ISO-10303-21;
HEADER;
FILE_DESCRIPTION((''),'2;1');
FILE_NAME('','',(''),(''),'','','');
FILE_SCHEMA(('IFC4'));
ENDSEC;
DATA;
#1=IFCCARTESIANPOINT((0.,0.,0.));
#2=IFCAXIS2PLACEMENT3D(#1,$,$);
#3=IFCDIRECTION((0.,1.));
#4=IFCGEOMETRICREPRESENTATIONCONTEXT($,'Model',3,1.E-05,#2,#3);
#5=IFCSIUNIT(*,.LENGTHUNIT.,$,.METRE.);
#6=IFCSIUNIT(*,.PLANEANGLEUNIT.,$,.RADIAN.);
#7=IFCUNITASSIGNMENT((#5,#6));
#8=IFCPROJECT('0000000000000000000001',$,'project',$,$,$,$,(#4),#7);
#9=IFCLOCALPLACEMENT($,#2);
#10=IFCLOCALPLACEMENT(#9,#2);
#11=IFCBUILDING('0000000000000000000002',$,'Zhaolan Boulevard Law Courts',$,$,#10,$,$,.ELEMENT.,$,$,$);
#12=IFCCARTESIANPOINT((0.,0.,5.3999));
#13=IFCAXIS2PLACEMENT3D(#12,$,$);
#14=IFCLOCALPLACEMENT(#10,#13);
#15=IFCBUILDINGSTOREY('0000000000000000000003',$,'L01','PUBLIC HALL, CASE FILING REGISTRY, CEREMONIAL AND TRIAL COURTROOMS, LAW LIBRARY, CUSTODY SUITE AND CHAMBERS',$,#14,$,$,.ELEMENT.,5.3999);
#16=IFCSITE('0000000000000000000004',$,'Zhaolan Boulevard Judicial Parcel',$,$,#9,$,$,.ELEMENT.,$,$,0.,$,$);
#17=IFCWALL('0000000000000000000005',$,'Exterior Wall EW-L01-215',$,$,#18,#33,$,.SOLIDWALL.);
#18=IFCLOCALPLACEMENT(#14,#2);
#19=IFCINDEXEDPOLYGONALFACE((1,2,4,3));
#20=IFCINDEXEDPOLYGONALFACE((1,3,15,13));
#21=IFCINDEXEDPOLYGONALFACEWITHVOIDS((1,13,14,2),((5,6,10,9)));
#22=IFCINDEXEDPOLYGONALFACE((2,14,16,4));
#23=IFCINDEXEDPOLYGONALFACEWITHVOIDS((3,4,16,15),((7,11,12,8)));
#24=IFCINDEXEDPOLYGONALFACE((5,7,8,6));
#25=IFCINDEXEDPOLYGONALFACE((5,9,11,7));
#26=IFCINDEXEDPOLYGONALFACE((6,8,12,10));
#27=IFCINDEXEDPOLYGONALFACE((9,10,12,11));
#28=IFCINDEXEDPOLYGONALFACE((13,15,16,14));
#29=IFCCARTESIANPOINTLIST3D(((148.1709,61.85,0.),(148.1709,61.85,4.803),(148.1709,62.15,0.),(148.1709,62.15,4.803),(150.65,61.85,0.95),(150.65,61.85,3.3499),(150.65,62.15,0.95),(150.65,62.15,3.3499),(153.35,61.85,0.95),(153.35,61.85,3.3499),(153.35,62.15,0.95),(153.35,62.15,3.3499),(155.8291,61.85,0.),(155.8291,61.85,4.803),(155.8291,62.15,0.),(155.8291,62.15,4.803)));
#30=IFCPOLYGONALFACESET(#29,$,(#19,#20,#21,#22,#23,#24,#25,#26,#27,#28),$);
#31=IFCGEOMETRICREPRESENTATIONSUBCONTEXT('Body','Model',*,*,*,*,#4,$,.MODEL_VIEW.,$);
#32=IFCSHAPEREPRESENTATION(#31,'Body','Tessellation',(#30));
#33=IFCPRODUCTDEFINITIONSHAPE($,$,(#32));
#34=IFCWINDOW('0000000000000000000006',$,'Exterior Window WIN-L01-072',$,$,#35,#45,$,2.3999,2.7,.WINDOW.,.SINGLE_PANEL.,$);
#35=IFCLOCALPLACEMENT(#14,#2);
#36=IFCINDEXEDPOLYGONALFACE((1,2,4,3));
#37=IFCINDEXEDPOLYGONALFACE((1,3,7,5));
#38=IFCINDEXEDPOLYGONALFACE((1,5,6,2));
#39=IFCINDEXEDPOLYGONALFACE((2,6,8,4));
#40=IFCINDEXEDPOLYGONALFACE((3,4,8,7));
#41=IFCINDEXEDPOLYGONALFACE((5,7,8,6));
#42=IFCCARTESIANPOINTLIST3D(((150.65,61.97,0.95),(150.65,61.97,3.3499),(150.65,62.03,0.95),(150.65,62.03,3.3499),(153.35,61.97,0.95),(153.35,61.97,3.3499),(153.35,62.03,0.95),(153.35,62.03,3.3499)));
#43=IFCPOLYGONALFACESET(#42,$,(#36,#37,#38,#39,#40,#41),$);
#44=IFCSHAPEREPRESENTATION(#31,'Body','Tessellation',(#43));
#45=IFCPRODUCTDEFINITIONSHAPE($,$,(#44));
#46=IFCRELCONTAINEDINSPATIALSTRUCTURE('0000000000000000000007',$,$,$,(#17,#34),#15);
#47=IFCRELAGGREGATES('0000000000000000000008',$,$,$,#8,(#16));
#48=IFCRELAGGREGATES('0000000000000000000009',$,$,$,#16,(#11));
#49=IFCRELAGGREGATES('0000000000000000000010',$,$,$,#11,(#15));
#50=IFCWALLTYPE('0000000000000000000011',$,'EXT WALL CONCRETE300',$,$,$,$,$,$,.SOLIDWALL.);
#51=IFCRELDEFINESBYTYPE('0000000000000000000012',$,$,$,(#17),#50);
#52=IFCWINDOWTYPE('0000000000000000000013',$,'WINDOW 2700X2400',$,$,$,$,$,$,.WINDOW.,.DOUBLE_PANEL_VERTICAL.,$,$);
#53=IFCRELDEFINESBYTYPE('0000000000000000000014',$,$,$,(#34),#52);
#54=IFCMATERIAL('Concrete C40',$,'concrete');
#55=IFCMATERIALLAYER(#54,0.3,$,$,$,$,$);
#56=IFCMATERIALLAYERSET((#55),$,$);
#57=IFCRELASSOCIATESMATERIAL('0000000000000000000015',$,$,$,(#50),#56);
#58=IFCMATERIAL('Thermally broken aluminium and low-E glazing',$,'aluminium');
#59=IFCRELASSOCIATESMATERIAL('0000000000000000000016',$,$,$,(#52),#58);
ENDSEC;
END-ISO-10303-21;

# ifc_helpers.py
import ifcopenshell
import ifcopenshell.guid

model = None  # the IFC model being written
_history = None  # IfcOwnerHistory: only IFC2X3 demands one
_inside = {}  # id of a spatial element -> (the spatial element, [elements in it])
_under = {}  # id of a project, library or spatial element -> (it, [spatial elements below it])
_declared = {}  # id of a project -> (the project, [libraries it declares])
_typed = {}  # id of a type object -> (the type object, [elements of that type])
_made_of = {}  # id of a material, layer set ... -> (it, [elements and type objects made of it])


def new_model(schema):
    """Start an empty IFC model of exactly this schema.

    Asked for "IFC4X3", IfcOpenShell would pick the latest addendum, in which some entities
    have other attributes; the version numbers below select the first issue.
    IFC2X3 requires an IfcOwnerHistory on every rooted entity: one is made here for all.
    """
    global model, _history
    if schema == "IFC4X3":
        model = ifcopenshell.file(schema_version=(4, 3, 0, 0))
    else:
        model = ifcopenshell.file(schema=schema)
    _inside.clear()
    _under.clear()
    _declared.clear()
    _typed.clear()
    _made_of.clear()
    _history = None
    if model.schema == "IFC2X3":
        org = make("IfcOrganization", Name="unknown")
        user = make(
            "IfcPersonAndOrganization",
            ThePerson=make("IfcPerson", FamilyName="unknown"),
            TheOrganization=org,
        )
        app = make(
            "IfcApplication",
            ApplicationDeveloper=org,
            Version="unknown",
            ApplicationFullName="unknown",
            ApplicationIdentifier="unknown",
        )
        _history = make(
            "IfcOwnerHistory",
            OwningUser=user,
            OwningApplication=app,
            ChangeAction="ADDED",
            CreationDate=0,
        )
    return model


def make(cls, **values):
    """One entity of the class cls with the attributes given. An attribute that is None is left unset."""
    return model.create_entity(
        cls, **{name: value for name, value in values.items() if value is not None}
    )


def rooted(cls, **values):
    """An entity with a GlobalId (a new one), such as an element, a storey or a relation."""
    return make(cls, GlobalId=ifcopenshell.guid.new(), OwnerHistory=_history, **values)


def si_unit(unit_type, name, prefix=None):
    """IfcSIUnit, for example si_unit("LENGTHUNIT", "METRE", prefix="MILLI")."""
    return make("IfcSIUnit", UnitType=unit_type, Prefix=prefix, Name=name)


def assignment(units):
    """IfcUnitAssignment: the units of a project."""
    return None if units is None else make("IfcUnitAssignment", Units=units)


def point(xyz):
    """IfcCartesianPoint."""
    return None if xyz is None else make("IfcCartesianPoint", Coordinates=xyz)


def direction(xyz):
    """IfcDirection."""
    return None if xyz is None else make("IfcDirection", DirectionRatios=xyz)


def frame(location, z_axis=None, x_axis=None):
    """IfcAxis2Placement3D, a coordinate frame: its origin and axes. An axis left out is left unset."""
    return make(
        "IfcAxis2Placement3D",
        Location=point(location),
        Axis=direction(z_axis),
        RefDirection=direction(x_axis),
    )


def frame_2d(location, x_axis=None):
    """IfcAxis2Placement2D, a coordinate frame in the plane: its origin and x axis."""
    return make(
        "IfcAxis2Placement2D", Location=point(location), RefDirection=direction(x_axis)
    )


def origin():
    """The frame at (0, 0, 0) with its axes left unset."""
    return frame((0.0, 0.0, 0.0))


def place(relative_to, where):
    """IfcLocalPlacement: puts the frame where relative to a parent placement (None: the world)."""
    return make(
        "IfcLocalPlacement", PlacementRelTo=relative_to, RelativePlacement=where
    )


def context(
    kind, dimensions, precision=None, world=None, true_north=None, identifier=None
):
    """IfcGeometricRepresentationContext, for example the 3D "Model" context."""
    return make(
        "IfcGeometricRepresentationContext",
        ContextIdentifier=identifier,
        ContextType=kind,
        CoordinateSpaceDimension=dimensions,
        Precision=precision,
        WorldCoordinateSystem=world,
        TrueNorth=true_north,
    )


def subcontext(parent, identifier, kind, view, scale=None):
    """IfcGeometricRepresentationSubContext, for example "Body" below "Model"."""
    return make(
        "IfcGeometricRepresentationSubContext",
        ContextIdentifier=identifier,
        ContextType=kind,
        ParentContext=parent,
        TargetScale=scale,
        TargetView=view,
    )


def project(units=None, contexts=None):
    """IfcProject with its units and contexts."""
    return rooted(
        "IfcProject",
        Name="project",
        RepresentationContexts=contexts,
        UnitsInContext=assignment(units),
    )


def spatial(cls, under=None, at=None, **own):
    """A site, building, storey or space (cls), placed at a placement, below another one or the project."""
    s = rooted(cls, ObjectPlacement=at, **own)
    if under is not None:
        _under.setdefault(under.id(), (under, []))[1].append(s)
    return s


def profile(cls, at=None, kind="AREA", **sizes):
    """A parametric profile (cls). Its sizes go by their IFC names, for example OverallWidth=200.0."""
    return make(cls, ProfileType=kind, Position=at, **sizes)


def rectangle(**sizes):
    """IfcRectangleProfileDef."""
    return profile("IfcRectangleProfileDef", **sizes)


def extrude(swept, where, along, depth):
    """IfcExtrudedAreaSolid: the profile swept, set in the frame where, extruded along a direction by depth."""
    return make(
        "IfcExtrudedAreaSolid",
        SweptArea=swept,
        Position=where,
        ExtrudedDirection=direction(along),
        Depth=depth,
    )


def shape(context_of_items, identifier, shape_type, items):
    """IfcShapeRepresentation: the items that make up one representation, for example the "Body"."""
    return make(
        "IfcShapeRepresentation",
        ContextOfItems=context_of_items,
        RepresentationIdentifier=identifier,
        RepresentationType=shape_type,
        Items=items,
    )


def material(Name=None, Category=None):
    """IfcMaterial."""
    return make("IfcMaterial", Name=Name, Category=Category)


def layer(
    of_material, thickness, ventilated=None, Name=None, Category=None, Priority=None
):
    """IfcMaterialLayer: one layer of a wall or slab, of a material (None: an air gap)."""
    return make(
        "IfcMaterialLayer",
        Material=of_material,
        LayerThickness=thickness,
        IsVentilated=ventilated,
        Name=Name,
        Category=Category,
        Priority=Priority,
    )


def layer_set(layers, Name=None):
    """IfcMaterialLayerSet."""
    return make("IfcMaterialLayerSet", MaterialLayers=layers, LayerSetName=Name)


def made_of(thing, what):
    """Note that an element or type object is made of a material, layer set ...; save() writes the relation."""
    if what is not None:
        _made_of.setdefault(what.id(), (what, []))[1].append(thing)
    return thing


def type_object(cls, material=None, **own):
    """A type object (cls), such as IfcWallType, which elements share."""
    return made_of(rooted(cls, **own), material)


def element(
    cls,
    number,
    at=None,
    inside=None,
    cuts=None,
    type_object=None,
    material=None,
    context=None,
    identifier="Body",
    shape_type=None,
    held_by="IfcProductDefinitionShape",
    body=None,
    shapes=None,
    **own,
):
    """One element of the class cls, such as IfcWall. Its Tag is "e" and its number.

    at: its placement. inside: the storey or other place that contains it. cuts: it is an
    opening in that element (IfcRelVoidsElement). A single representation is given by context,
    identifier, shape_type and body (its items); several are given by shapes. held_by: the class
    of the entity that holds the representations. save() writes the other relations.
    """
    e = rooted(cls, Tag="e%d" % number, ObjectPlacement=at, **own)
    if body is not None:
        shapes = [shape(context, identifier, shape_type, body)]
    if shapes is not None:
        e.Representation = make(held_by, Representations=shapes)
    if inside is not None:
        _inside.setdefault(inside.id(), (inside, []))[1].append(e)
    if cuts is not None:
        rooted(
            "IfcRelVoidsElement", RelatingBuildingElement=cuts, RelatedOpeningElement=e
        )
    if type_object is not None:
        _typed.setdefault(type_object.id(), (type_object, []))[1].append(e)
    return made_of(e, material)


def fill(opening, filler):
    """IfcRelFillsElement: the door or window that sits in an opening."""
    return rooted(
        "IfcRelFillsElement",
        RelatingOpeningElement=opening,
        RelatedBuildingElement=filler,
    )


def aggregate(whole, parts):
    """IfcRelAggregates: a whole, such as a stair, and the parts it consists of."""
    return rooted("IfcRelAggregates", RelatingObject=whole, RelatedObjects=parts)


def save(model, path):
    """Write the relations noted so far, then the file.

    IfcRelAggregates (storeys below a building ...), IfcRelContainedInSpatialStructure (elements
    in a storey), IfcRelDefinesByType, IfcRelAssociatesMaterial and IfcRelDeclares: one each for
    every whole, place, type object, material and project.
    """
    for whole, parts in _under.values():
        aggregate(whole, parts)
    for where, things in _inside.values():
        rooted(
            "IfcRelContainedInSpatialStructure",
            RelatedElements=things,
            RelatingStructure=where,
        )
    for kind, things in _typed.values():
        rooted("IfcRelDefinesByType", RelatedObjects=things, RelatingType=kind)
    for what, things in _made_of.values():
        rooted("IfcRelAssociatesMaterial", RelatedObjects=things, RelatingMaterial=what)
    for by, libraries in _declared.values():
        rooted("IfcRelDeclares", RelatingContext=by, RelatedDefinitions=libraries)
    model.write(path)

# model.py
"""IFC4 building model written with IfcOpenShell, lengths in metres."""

from ifc_helpers import new_model, si_unit, direction, frame, frame_2d, origin, place, context, subcontext, project, spatial, rectangle, extrude, material, layer, layer_set, type_object, element, fill, save


model = new_model("IFC4")

# Units and contexts
model_context = context("Model", 3, precision=1e-05, world=origin(), true_north=direction((0.0, 1.0)))
body_context = subcontext(model_context, "Body", "Model", "MODEL_VIEW")
ifc_project = project(units=[si_unit("LENGTHUNIT", "METRE"), si_unit("PLANEANGLEUNIT", "RADIAN")], contexts=[model_context])

# Site, building, storey
site_placement = place(None, origin())
site = spatial("IfcSite", under=ifc_project, at=site_placement, Name="Zhaolan Boulevard Judicial Parcel", CompositionType="ELEMENT", RefElevation=0.0)
building_placement = place(site_placement, origin())
building = spatial("IfcBuilding", under=site, at=building_placement, Name="Zhaolan Boulevard Law Courts", CompositionType="ELEMENT")
storey_placement = place(building_placement, frame((0.0, 0.0, 5.3999)))
storey = spatial("IfcBuildingStorey", under=building, at=storey_placement, Name="L01", Description="PUBLIC HALL, CASE FILING REGISTRY, CEREMONIAL AND TRIAL COURTROOMS, LAW LIBRARY, CUSTODY SUITE AND CHAMBERS", CompositionType="ELEMENT", Elevation=5.3999)

# Wall, opening, window
ifc_material_1 = material(Name="Concrete C40", Category="concrete")
ifc_layer_1 = layer(ifc_material_1, 0.3)
ifc_layer_set_1 = layer_set([ifc_layer_1])
wall_type_1 = type_object("IfcWallType", Name="EXT WALL CONCRETE300", PredefinedType="SOLIDWALL", material=ifc_layer_set_1)
wall_1_placement = place(storey_placement, frame((148.1709, 62.0, 0.0), z_axis=(0.0, 0.0, 1.0), x_axis=(1.0, 0.0, 0.0)))
wall_1 = element("IfcWall", 1, at=wall_1_placement, inside=storey, type_object=wall_type_1, Name="Exterior Wall EW-L01-215", PredefinedType="SOLIDWALL", context=body_context, shape_type="SweptSolid", body=[
    extrude(rectangle(XDim=7.6582, YDim=0.3, at=frame_2d((3.8291, 0.0))), origin(), (0.0, 0.0, 1.0), 4.803),
])
opening_placement = place(wall_1_placement, frame((2.479, 0.0, 0.95)))
opening = element("IfcOpeningElement", 2, at=opening_placement, cuts=wall_1, PredefinedType="OPENING", context=body_context, shape_type="SweptSolid", body=[
    extrude(rectangle(XDim=2.7, YDim=2.3999, at=frame_2d((1.3501, 1.2))), frame((0.0, 0.1599, 0.0), z_axis=(0.0, -1.0, 0.0), x_axis=(1.0, 0.0, 0.0)), (0.0, 0.0, 1.0), 0.3201),
])
ifc_material_2 = material(Name="Thermally broken aluminium and low-E glazing", Category="aluminium")
window_type = type_object("IfcWindowType", Name="WINDOW 2700X2400", PartitioningType="DOUBLE_PANEL_VERTICAL", PredefinedType="WINDOW", material=ifc_material_2)
window_placement = place(opening_placement, origin())
window = element("IfcWindow", 3, at=window_placement, inside=storey, type_object=window_type, Name="Exterior Window WIN-L01-072", OverallHeight=2.3999, OverallWidth=2.7, PartitioningType="SINGLE_PANEL", PredefinedType="WINDOW", context=body_context, shape_type="SweptSolid", body=[
    extrude(rectangle(XDim=2.7, YDim=2.3999, at=frame_2d((1.3501, 1.2))), frame((0.0, 0.03, 0.0), z_axis=(0.0, -1.0, 0.0), x_axis=(1.0, 0.0, 0.0)), (0.0, 0.0, 1.0), 0.0601),
])
fill(opening, window)

save(model, "model.ifc")
